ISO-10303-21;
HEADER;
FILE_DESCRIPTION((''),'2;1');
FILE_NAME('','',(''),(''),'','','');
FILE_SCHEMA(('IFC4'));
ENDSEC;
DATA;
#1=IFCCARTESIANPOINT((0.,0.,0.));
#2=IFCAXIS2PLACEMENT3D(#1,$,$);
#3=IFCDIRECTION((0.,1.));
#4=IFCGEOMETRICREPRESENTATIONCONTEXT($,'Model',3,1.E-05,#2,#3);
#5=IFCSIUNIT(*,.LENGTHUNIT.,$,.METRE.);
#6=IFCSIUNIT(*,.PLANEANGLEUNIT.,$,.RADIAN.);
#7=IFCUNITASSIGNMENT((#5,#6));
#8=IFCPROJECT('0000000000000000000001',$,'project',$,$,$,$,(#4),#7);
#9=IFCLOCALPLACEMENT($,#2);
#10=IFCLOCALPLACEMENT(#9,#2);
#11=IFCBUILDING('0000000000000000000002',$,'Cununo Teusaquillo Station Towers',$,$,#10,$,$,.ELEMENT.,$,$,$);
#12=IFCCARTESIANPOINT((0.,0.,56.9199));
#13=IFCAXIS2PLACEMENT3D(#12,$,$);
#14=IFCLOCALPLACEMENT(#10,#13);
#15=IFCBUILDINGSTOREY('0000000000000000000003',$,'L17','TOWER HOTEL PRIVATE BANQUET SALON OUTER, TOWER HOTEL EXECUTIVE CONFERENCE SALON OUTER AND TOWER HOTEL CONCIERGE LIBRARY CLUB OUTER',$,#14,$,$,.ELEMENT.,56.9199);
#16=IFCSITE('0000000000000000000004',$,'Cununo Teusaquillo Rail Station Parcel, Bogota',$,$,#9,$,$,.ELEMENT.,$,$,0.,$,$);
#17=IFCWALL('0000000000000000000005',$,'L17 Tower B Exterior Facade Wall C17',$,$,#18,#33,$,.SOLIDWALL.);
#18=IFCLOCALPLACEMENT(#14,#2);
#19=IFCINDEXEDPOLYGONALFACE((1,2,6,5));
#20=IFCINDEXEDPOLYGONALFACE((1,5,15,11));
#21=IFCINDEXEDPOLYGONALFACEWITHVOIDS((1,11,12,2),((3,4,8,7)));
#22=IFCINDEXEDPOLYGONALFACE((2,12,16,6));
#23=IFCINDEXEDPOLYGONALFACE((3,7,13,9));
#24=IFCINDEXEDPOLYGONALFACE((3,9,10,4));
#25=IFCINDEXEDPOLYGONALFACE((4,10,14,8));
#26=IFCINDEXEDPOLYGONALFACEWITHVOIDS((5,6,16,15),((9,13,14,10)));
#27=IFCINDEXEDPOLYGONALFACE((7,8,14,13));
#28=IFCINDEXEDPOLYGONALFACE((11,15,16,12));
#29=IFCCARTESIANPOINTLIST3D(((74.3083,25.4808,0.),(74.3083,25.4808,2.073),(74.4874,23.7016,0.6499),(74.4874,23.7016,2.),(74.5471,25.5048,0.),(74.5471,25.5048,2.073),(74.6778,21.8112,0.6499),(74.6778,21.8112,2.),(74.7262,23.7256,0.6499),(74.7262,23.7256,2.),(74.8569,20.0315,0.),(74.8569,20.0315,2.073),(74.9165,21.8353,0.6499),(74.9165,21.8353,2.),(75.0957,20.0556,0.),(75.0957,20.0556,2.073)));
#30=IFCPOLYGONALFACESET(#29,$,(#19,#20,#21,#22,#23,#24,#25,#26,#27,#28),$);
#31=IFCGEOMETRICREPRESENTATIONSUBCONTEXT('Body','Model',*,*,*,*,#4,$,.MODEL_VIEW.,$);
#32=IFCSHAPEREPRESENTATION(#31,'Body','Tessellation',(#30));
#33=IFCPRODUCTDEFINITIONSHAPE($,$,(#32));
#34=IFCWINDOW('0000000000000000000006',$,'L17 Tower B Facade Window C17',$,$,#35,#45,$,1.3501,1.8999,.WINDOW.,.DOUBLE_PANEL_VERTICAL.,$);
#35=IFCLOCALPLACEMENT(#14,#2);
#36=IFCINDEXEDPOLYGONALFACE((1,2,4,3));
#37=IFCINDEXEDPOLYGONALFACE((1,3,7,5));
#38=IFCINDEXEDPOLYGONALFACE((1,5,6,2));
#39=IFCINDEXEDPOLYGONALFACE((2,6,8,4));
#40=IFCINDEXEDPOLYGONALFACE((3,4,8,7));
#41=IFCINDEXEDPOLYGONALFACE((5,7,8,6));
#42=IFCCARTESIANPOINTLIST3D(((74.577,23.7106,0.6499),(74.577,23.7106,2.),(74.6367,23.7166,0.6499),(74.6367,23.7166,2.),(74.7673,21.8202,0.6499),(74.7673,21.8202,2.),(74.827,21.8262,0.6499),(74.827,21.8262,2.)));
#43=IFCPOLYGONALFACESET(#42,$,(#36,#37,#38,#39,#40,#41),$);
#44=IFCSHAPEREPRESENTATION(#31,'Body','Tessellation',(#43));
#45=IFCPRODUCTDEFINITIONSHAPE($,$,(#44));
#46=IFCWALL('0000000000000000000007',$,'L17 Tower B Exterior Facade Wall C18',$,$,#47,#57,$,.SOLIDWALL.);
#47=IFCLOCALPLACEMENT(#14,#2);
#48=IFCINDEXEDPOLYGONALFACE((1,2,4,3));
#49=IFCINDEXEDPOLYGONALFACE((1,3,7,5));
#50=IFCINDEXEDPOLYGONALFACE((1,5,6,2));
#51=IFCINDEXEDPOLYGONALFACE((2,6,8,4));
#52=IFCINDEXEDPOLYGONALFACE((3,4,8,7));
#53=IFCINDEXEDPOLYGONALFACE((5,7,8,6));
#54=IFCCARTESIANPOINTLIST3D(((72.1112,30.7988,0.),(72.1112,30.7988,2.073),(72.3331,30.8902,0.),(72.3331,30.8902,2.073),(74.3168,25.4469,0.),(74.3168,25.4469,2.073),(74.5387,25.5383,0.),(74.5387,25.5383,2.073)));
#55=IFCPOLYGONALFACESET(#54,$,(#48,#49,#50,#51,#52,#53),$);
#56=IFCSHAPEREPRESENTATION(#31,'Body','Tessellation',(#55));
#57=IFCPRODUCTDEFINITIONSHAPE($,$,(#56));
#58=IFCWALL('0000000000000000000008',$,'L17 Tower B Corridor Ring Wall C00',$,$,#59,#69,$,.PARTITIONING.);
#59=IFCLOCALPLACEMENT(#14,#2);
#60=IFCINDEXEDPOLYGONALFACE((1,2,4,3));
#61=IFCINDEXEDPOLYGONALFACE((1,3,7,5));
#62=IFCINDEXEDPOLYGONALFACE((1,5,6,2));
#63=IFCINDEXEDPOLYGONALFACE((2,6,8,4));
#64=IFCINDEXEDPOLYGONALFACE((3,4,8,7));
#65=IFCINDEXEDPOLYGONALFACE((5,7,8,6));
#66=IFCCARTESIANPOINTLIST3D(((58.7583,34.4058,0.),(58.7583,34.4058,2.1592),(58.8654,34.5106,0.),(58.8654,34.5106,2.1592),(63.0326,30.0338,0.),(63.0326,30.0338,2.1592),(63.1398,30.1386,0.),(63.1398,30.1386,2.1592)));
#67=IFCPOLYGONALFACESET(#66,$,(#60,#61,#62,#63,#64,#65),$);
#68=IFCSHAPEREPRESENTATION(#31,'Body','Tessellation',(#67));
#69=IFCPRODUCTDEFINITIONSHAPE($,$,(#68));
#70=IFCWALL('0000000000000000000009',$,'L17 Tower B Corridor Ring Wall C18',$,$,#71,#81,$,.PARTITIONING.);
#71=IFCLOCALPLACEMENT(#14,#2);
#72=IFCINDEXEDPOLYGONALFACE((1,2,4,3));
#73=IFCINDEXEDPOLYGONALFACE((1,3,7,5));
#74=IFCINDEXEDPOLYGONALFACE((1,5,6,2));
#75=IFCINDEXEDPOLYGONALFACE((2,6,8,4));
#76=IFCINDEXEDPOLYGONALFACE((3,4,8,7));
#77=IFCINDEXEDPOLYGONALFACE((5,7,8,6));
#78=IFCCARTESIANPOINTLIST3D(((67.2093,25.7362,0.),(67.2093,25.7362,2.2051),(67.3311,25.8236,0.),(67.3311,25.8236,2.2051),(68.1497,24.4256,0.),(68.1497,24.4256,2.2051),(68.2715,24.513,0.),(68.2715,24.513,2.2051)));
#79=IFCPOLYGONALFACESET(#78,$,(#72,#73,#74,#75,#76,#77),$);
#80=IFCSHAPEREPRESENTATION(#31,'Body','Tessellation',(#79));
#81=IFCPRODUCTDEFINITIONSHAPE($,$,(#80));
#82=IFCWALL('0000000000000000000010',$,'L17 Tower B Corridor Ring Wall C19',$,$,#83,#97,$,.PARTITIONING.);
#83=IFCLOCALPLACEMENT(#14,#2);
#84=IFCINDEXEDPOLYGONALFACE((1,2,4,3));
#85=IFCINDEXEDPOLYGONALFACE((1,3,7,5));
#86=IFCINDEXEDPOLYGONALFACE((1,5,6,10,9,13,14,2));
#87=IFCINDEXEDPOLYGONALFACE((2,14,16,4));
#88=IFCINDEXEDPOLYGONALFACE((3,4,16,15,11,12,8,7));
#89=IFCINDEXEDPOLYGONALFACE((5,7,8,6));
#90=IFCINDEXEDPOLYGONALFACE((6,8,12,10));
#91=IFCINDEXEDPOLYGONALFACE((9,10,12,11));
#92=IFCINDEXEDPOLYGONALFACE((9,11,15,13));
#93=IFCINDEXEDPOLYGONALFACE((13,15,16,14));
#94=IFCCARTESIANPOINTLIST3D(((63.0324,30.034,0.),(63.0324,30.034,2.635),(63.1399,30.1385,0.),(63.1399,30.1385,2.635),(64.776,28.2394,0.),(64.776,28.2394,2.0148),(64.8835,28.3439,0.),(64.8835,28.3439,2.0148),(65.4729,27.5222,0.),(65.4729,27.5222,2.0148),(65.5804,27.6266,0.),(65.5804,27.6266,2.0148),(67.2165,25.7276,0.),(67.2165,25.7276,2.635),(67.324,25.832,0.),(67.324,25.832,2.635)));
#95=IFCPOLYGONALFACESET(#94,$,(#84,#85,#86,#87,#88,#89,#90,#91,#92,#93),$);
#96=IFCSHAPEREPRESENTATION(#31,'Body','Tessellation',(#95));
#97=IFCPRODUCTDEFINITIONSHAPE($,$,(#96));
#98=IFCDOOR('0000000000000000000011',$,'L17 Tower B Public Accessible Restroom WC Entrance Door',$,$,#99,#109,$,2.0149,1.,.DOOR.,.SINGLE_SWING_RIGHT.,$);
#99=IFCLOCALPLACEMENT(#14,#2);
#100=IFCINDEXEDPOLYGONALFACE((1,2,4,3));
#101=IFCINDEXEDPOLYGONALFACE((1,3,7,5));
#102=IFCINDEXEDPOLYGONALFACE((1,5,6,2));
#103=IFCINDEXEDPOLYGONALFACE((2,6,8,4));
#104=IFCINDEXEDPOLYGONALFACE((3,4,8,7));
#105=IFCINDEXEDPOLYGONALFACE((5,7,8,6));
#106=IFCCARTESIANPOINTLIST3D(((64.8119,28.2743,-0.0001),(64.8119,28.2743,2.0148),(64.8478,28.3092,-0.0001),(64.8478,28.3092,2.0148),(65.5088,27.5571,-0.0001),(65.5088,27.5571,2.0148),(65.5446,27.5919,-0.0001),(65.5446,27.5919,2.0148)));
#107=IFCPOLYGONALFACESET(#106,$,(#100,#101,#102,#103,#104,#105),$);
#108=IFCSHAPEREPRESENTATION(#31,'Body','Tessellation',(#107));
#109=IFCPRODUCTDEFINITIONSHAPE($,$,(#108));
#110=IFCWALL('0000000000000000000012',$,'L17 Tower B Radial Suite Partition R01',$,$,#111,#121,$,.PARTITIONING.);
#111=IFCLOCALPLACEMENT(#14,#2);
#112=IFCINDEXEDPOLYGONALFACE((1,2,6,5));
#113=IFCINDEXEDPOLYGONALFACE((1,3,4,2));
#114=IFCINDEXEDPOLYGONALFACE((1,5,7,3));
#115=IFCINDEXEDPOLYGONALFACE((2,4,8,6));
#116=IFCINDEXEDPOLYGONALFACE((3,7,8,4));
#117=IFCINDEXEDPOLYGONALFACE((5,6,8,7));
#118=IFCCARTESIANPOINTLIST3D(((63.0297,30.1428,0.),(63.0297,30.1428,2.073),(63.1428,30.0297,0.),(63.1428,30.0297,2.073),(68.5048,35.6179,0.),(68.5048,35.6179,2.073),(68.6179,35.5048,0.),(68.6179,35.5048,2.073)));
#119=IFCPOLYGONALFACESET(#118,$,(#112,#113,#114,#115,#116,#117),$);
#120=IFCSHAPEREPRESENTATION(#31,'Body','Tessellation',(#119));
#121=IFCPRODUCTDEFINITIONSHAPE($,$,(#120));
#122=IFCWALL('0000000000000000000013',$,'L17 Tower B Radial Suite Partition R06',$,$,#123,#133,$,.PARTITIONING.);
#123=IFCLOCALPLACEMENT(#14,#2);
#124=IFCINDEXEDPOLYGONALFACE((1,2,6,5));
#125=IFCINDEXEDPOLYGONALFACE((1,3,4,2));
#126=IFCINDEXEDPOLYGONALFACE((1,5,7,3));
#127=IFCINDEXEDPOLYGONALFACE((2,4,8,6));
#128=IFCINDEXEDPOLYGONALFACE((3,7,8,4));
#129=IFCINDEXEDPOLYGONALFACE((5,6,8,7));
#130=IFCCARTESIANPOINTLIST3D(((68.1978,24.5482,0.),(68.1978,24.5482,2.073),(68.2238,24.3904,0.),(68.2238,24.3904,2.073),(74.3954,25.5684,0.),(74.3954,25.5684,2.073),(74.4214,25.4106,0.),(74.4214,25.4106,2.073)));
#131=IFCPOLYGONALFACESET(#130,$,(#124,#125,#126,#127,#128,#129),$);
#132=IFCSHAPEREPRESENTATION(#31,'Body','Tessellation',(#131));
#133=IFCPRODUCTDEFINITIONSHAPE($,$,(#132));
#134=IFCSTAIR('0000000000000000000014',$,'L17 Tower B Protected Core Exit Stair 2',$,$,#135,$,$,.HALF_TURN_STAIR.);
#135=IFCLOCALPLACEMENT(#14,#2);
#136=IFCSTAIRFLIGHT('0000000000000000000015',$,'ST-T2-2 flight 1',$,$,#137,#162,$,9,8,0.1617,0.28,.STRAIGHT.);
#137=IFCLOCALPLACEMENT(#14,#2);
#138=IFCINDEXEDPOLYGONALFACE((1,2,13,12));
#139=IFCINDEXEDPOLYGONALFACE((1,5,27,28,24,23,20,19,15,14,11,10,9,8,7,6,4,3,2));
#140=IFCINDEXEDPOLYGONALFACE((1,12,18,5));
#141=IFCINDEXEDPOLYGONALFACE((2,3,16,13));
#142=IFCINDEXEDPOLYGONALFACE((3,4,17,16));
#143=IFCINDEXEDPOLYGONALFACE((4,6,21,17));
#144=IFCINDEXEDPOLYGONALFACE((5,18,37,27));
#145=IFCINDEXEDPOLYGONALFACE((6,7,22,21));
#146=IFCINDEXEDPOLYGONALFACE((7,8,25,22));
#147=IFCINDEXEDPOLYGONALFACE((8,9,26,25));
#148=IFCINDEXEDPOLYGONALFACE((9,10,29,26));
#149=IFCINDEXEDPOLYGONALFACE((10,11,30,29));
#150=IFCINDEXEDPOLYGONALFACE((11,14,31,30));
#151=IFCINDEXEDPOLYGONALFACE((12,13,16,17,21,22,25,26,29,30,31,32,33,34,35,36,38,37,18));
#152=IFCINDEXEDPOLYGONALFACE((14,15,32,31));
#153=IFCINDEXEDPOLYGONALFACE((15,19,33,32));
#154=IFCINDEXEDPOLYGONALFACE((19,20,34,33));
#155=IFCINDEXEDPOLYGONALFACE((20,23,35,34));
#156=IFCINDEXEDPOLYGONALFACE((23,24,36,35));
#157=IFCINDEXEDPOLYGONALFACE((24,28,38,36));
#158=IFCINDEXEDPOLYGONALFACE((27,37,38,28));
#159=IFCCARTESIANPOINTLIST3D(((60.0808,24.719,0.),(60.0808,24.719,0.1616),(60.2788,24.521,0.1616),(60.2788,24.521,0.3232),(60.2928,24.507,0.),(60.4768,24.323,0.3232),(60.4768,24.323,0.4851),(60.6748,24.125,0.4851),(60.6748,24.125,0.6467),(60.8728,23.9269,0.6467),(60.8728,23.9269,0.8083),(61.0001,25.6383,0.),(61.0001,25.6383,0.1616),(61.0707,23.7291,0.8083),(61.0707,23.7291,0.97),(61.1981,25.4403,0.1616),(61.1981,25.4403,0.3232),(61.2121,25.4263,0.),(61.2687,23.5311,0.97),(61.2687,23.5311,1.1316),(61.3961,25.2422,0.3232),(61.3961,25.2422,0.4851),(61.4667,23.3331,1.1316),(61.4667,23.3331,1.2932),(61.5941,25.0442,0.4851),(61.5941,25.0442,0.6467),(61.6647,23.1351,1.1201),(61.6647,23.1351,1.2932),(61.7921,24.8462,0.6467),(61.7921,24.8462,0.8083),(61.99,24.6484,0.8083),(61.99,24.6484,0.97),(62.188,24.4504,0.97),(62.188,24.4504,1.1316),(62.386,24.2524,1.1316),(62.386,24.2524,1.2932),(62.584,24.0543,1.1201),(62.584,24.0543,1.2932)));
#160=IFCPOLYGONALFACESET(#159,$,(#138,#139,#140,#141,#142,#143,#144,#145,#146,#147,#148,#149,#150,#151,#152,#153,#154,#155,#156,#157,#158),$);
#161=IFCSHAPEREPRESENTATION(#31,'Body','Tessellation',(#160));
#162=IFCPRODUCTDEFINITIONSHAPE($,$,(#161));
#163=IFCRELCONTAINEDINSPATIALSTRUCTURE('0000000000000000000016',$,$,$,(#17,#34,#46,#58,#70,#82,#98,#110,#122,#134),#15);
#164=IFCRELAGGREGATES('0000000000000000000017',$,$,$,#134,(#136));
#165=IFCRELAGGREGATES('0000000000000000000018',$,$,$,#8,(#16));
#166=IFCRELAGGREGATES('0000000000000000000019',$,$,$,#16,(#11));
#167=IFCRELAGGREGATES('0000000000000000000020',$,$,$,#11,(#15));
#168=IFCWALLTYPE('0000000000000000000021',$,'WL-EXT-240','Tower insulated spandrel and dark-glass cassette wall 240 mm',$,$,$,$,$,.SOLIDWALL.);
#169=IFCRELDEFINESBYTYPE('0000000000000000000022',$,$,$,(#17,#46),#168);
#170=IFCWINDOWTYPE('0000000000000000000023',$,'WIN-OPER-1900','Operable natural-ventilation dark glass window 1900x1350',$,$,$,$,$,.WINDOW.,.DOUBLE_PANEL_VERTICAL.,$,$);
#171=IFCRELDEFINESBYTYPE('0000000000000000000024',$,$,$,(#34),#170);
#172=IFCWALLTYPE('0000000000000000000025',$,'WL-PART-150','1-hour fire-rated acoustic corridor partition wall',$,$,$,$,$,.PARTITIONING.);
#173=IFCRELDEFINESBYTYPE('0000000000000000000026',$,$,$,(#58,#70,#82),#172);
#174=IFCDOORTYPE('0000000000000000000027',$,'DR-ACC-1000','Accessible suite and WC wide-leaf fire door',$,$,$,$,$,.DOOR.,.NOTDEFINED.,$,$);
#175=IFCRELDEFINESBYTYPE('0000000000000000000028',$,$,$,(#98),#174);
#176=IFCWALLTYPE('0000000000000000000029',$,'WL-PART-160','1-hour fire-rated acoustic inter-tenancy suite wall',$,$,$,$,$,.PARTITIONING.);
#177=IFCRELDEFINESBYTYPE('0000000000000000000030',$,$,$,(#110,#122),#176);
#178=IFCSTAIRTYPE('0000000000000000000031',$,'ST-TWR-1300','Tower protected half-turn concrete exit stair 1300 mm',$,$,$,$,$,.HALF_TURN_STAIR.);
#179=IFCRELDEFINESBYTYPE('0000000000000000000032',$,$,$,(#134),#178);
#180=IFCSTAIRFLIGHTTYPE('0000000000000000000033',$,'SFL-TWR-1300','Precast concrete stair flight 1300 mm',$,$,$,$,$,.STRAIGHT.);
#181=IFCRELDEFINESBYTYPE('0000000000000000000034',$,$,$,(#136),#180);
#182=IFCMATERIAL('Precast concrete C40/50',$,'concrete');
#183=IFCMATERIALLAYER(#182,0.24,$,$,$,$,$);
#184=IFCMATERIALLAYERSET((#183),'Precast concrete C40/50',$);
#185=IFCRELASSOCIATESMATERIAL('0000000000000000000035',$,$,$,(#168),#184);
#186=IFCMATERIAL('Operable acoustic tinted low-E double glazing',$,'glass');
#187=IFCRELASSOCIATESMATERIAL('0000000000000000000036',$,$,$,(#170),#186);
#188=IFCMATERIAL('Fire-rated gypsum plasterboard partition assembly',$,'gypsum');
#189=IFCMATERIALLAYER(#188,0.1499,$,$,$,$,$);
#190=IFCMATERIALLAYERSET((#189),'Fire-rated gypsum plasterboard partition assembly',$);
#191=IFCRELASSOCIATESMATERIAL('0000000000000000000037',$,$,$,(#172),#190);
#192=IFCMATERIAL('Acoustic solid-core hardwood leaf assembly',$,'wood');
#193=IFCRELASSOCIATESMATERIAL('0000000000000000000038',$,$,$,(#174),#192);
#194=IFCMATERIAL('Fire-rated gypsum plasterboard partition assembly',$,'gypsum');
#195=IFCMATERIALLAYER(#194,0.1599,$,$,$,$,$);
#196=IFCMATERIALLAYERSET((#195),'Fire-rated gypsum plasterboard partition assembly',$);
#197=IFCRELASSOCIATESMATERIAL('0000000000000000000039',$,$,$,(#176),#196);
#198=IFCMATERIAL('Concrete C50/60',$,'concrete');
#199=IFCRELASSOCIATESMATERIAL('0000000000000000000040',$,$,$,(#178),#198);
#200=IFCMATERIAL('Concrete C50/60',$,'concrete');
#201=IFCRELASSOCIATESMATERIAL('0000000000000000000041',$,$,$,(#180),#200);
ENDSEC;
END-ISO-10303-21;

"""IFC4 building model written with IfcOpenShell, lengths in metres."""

from ifc_helpers import new_model, si_unit, direction, frame, frame_2d, origin, place, context, subcontext, project, spatial, polyline, rectangle, outline, extrude, source, transform, mapped, material, layer, layer_set, type_object, element, fill, aggregate, save


model = new_model("IFC4")

# Units and contexts
model_context = context("Model", 3, precision=1e-05, world=origin(), true_north=direction((0.0, 1.0)))
body_context = subcontext(model_context, "Body", "Model", "MODEL_VIEW")
ifc_project = project(units=[si_unit("LENGTHUNIT", "METRE"), si_unit("PLANEANGLEUNIT", "RADIAN")], contexts=[model_context])

# Site, building, storey
site_placement = place(None, origin())
site = spatial("IfcSite", under=ifc_project, at=site_placement, Name="Cununo Teusaquillo Rail Station Parcel, Bogota", CompositionType="ELEMENT", RefElevation=0.0)
building_placement = place(site_placement, origin())
building = spatial("IfcBuilding", under=site, at=building_placement, Name="Cununo Teusaquillo Station Towers", CompositionType="ELEMENT")
storey_placement = place(building_placement, frame((0.0, 0.0, 56.9199)))
storey = spatial("IfcBuildingStorey", under=building, at=storey_placement, Name="L17", Description="TOWER HOTEL PRIVATE BANQUET SALON OUTER, TOWER HOTEL EXECUTIVE CONFERENCE SALON OUTER AND TOWER HOTEL CONCIERGE LIBRARY CLUB OUTER", CompositionType="ELEMENT", Elevation=56.9199)

# Wall, opening, window
ifc_material_1 = material(Name="Precast concrete C40/50", Category="concrete")
ifc_layer_1 = layer(ifc_material_1, 0.24)
ifc_layer_set_1 = layer_set([ifc_layer_1], Name="Precast concrete C40/50")
wall_type_1 = type_object("IfcWallType", Name="WL-EXT-240", Description="Tower insulated spandrel and dark-glass cassette wall 240 mm", PredefinedType="SOLIDWALL", material=ifc_layer_set_1)
wall_1_placement = place(storey_placement, frame((74.4277, 25.4927, 0.0), z_axis=(0.0, 0.0, 1.0), x_axis=(0.100166, -0.994971, 0.0)))
wall_1 = element("IfcWall", 1, at=wall_1_placement, inside=storey, type_object=wall_type_1, Name="L17 Tower B Exterior Facade Wall C17", PredefinedType="SOLIDWALL", context=body_context, shape_type="SweptSolid", body=[
    extrude(rectangle(XDim=5.4768, YDim=0.24, at=frame_2d((2.7383, 0.0))), origin(), (0.0, 0.0, 1.0), 2.073),
])
shared_shape_1 = source(origin(), body_context, "Body", "SweptSolid", [
    extrude(rectangle(XDim=1.8999, YDim=1.3501, at=frame_2d((0.95, 0.675))), frame((0.0, 0.1299, 0.0), z_axis=(0.0, -1.0, 0.0), x_axis=(1.0, 0.0, 0.0)), (0.0, 0.0, 1.0), 0.26),
])
opening_1_placement = place(wall_1_placement, frame((1.7881, 0.0, 0.6499)))
opening_1 = element("IfcOpeningElement", 2, at=opening_1_placement, cuts=wall_1, PredefinedType="OPENING", context=body_context, shape_type="MappedRepresentation", body=[
    mapped(shared_shape_1, transform((0.0, 0.0, 0.0), x_axis=(1.0, 0.0, 0.0), y_axis=(0.0, 1.0, 0.0), z_axis=(0.0, 0.0, 1.0), scale=1.0)),
])
ifc_material_2 = material(Name="Operable acoustic tinted low-E double glazing", Category="glass")
window_type = type_object("IfcWindowType", Name="WIN-OPER-1900", Description="Operable natural-ventilation dark glass window 1900x1350", PartitioningType="DOUBLE_PANEL_VERTICAL", PredefinedType="WINDOW", material=ifc_material_2)
shared_shape_2 = source(origin(), body_context, "Body", "SweptSolid", [
    extrude(rectangle(XDim=1.8999, YDim=1.3501, at=frame_2d((0.95, 0.675))), frame((0.0, 0.03, 0.0), z_axis=(0.0, -1.0, 0.0), x_axis=(1.0, 0.0, 0.0)), (0.0, 0.0, 1.0), 0.0601),
])
window_placement = place(opening_1_placement, origin())
window = element("IfcWindow", 3, at=window_placement, inside=storey, type_object=window_type, Name="L17 Tower B Facade Window C17", OverallHeight=1.3501, OverallWidth=1.8999, PartitioningType="DOUBLE_PANEL_VERTICAL", PredefinedType="WINDOW", context=body_context, shape_type="MappedRepresentation", body=[
    mapped(shared_shape_2, transform((0.0, 0.0, 0.0), x_axis=(1.0, 0.0, 0.0), y_axis=(0.0, 1.0, 0.0), z_axis=(0.0, 0.0, 1.0), scale=1.0)),
])
fill(opening_1, window)

# Walls
wall_2_placement = place(storey_placement, frame((72.2222, 30.8445, 0.0), z_axis=(0.0, 0.0, 1.0), x_axis=(0.381028, -0.924564, 0.0)))
element("IfcWall", 4, at=wall_2_placement, inside=storey, type_object=wall_type_1, Name="L17 Tower B Exterior Facade Wall C18", PredefinedType="SOLIDWALL", context=body_context, shape_type="SweptSolid", body=[
    extrude(rectangle(XDim=5.7886, YDim=0.24, at=frame_2d((2.8943, 0.0))), origin(), (0.0, 0.0, 1.0), 2.073),
])
ifc_material_3 = material(Name="Fire-rated gypsum plasterboard partition assembly", Category="gypsum")
ifc_layer_2 = layer(ifc_material_3, 0.1499)
ifc_layer_set_2 = layer_set([ifc_layer_2], Name="Fire-rated gypsum plasterboard partition assembly")
wall_type_2 = type_object("IfcWallType", Name="WL-PART-150", Description="1-hour fire-rated acoustic corridor partition wall", PredefinedType="PARTITIONING", material=ifc_layer_set_2)
wall_3_placement = place(storey_placement, frame((63.0862, 30.0862, 0.0), z_axis=(0.0, 0.0, 1.0), x_axis=(-0.699076, 0.715047, 0.0)))
element("IfcWall", 5, at=wall_3_placement, inside=storey, type_object=wall_type_2, Name="L17 Tower B Corridor Ring Wall C00", PredefinedType="PARTITIONING", context=body_context, shape_type="SweptSolid", body=[
    extrude(rectangle(XDim=6.1143, YDim=0.1499, at=frame_2d((3.0571, 0.0))), origin(), (0.0, 0.0, 1.0), 2.1592),
])
wall_4_placement = place(storey_placement, frame((68.2107, 24.4692, 0.0), z_axis=(0.0, 0.0, 1.0), x_axis=(-0.583012, 0.812463, 0.0)))
element("IfcWall", 6, at=wall_4_placement, inside=storey, type_object=wall_type_2, Name="L17 Tower B Corridor Ring Wall C18", PredefinedType="PARTITIONING", context=body_context, shape_type="SweptSolid", body=[
    extrude(rectangle(XDim=1.613, YDim=0.1499, at=frame_2d((0.8066, 0.0))), origin(), (0.0, 0.0, 1.0), 2.2051),
])

# Wall, opening, door
wall_5_placement = place(storey_placement, frame((67.2703, 25.7798, 0.0), z_axis=(0.0, 0.0, 1.0), x_axis=(-0.696848, 0.717219, 0.0)))
wall_5 = element("IfcWall", 7, at=wall_5_placement, inside=storey, type_object=wall_type_2, Name="L17 Tower B Corridor Ring Wall C19", PredefinedType="PARTITIONING", context=body_context, shape_type="SweptSolid", body=[
    extrude(rectangle(XDim=6.0044, YDim=0.1499, at=frame_2d((3.0022, 0.0))), origin(), (0.0, 0.0, 1.0), 2.635),
])
shared_shape_3 = source(origin(), body_context, "Body", "SweptSolid", [
    extrude(rectangle(XDim=1.0, YDim=2.0149, at=frame_2d((0.5, 1.0073))), frame((0.0, 0.085, 0.0), z_axis=(0.0, -1.0, 0.0), x_axis=(1.0, 0.0, 0.0)), (0.0, 0.0, 1.0), 0.1699),
])
opening_2_placement = place(wall_5_placement, frame((2.5022, 0.0, 0.0)))
opening_2 = element("IfcOpeningElement", 8, at=opening_2_placement, cuts=wall_5, PredefinedType="OPENING", context=body_context, shape_type="MappedRepresentation", body=[
    mapped(shared_shape_3, transform((0.0, 0.0, 0.0), x_axis=(1.0, 0.0, 0.0), y_axis=(0.0, 1.0, 0.0), z_axis=(0.0, 0.0, 1.0), scale=1.0)),
])
ifc_material_4 = material(Name="Acoustic solid-core hardwood leaf assembly", Category="wood")
door_type = type_object("IfcDoorType", Name="DR-ACC-1000", Description="Accessible suite and WC wide-leaf fire door", OperationType="NOTDEFINED", PredefinedType="DOOR", material=ifc_material_4)
shared_shape_4 = source(origin(), body_context, "Body", "SweptSolid", [
    extrude(rectangle(XDim=1.0, YDim=2.0149, at=frame_2d((0.5, 1.0073))), frame((0.0, 0.0249, 0.0), z_axis=(0.0, -1.0, 0.0), x_axis=(1.0, 0.0, 0.0)), (0.0, 0.0, 1.0), 0.05),
])
door_placement = place(opening_2_placement, origin())
door = element("IfcDoor", 9, at=door_placement, inside=storey, type_object=door_type, Name="L17 Tower B Public Accessible Restroom WC Entrance Door", OperationType="SINGLE_SWING_RIGHT", OverallHeight=2.0149, OverallWidth=1.0, PredefinedType="DOOR", context=body_context, shape_type="MappedRepresentation", body=[
    mapped(shared_shape_4, transform((0.0, 0.0, 0.0), x_axis=(1.0, 0.0, 0.0), y_axis=(0.0, 1.0, 0.0), z_axis=(0.0, 0.0, 1.0), scale=1.0)),
])
fill(opening_2, door)

# Walls
ifc_material_5 = material(Name="Fire-rated gypsum plasterboard partition assembly", Category="gypsum")
ifc_layer_3 = layer(ifc_material_5, 0.1599)
ifc_layer_set_3 = layer_set([ifc_layer_3], Name="Fire-rated gypsum plasterboard partition assembly")
wall_type_3 = type_object("IfcWallType", Name="WL-PART-160", Description="1-hour fire-rated acoustic inter-tenancy suite wall", PredefinedType="PARTITIONING", material=ifc_layer_set_3)
wall_6_placement = place(storey_placement, frame((63.0862, 30.0862, 0.0), z_axis=(0.0, 0.0, 1.0), x_axis=(0.707107, 0.707107, 0.0)))
element("IfcWall", 10, at=wall_6_placement, inside=storey, type_object=wall_type_3, Name="L17 Tower B Radial Suite Partition R01", PredefinedType="PARTITIONING", context=body_context, shape_type="SweptSolid", body=[
    extrude(rectangle(XDim=7.7429, YDim=0.1599, at=frame_2d((3.8716, 0.0))), origin(), (0.0, 0.0, 1.0), 2.073),
])
wall_7_placement = place(storey_placement, frame((68.2107, 24.4692, 0.0), z_axis=(0.0, 0.0, 1.0), x_axis=(0.986719, 0.162438, 0.0)))
element("IfcWall", 11, at=wall_7_placement, inside=storey, type_object=wall_type_3, Name="L17 Tower B Radial Suite Partition R06", PredefinedType="PARTITIONING", context=body_context, shape_type="SweptSolid", body=[
    extrude(rectangle(XDim=6.281, YDim=0.1599, at=frame_2d((3.1406, 0.0))), origin(), (0.0, 0.0, 1.0), 2.073),
])

# Stair, stair flight
ifc_material_6 = material(Name="Concrete C50/60", Category="concrete")
stair_type = type_object("IfcStairType", Name="ST-TWR-1300", Description="Tower protected half-turn concrete exit stair 1300 mm", PredefinedType="HALF_TURN_STAIR", material=ifc_material_6)
stair_placement = place(storey_placement, origin())
stair = element("IfcStair", 12, at=stair_placement, inside=storey, type_object=stair_type, Name="L17 Tower B Protected Core Exit Stair 2", PredefinedType="HALF_TURN_STAIR")
ifc_material_7 = material(Name="Concrete C50/60", Category="concrete")
stair_flight_type = type_object("IfcStairFlightType", Name="SFL-TWR-1300", Description="Precast concrete stair flight 1300 mm", PredefinedType="STRAIGHT", material=ifc_material_7)
stair_flight_1_placement = place(storey_placement, frame((60.5405, 25.1787, 0.0), z_axis=(0.0, 0.0, 1.0), x_axis=(0.707107, -0.707107, 0.0)))
stair_flight_1 = element("IfcStairFlight", 13, at=stair_flight_1_placement, type_object=stair_flight_type, Name="ST-T2-2 flight 1", NumberOfRisers=9, NumberOfTreads=8, PredefinedType="STRAIGHT", RiserHeight=0.1617, TreadLength=0.28, context=body_context, shape_type="SweptSolid", body=[
    extrude(outline(polyline([(0.0, 0.0), (0.0, 0.1616), (0.28, 0.1616), (0.28, 0.3232), (0.5601, 0.3232), (0.5601, 0.4851), (0.8401, 0.4851), (0.8401, 0.6467), (1.1201, 0.6467), (1.1201, 0.8083), (1.3999, 0.8083), (1.3999, 0.97), (1.6799, 0.97), (1.6799, 1.1316), (1.96, 1.1316), (1.96, 1.2932), (2.24, 1.2932), (2.24, 1.4551), (2.24, 1.1201), (0.2998, 0.0), (0.0, 0.0)])), frame((0.0, 0.6499, 0.0), z_axis=(0.0, -1.0, 0.0), x_axis=(1.0, 0.0, 0.0)), (0.0, 0.0, 1.0), 1.3),
])
aggregate(stair, [stair_flight_1])

save(model, "model.ifc")
